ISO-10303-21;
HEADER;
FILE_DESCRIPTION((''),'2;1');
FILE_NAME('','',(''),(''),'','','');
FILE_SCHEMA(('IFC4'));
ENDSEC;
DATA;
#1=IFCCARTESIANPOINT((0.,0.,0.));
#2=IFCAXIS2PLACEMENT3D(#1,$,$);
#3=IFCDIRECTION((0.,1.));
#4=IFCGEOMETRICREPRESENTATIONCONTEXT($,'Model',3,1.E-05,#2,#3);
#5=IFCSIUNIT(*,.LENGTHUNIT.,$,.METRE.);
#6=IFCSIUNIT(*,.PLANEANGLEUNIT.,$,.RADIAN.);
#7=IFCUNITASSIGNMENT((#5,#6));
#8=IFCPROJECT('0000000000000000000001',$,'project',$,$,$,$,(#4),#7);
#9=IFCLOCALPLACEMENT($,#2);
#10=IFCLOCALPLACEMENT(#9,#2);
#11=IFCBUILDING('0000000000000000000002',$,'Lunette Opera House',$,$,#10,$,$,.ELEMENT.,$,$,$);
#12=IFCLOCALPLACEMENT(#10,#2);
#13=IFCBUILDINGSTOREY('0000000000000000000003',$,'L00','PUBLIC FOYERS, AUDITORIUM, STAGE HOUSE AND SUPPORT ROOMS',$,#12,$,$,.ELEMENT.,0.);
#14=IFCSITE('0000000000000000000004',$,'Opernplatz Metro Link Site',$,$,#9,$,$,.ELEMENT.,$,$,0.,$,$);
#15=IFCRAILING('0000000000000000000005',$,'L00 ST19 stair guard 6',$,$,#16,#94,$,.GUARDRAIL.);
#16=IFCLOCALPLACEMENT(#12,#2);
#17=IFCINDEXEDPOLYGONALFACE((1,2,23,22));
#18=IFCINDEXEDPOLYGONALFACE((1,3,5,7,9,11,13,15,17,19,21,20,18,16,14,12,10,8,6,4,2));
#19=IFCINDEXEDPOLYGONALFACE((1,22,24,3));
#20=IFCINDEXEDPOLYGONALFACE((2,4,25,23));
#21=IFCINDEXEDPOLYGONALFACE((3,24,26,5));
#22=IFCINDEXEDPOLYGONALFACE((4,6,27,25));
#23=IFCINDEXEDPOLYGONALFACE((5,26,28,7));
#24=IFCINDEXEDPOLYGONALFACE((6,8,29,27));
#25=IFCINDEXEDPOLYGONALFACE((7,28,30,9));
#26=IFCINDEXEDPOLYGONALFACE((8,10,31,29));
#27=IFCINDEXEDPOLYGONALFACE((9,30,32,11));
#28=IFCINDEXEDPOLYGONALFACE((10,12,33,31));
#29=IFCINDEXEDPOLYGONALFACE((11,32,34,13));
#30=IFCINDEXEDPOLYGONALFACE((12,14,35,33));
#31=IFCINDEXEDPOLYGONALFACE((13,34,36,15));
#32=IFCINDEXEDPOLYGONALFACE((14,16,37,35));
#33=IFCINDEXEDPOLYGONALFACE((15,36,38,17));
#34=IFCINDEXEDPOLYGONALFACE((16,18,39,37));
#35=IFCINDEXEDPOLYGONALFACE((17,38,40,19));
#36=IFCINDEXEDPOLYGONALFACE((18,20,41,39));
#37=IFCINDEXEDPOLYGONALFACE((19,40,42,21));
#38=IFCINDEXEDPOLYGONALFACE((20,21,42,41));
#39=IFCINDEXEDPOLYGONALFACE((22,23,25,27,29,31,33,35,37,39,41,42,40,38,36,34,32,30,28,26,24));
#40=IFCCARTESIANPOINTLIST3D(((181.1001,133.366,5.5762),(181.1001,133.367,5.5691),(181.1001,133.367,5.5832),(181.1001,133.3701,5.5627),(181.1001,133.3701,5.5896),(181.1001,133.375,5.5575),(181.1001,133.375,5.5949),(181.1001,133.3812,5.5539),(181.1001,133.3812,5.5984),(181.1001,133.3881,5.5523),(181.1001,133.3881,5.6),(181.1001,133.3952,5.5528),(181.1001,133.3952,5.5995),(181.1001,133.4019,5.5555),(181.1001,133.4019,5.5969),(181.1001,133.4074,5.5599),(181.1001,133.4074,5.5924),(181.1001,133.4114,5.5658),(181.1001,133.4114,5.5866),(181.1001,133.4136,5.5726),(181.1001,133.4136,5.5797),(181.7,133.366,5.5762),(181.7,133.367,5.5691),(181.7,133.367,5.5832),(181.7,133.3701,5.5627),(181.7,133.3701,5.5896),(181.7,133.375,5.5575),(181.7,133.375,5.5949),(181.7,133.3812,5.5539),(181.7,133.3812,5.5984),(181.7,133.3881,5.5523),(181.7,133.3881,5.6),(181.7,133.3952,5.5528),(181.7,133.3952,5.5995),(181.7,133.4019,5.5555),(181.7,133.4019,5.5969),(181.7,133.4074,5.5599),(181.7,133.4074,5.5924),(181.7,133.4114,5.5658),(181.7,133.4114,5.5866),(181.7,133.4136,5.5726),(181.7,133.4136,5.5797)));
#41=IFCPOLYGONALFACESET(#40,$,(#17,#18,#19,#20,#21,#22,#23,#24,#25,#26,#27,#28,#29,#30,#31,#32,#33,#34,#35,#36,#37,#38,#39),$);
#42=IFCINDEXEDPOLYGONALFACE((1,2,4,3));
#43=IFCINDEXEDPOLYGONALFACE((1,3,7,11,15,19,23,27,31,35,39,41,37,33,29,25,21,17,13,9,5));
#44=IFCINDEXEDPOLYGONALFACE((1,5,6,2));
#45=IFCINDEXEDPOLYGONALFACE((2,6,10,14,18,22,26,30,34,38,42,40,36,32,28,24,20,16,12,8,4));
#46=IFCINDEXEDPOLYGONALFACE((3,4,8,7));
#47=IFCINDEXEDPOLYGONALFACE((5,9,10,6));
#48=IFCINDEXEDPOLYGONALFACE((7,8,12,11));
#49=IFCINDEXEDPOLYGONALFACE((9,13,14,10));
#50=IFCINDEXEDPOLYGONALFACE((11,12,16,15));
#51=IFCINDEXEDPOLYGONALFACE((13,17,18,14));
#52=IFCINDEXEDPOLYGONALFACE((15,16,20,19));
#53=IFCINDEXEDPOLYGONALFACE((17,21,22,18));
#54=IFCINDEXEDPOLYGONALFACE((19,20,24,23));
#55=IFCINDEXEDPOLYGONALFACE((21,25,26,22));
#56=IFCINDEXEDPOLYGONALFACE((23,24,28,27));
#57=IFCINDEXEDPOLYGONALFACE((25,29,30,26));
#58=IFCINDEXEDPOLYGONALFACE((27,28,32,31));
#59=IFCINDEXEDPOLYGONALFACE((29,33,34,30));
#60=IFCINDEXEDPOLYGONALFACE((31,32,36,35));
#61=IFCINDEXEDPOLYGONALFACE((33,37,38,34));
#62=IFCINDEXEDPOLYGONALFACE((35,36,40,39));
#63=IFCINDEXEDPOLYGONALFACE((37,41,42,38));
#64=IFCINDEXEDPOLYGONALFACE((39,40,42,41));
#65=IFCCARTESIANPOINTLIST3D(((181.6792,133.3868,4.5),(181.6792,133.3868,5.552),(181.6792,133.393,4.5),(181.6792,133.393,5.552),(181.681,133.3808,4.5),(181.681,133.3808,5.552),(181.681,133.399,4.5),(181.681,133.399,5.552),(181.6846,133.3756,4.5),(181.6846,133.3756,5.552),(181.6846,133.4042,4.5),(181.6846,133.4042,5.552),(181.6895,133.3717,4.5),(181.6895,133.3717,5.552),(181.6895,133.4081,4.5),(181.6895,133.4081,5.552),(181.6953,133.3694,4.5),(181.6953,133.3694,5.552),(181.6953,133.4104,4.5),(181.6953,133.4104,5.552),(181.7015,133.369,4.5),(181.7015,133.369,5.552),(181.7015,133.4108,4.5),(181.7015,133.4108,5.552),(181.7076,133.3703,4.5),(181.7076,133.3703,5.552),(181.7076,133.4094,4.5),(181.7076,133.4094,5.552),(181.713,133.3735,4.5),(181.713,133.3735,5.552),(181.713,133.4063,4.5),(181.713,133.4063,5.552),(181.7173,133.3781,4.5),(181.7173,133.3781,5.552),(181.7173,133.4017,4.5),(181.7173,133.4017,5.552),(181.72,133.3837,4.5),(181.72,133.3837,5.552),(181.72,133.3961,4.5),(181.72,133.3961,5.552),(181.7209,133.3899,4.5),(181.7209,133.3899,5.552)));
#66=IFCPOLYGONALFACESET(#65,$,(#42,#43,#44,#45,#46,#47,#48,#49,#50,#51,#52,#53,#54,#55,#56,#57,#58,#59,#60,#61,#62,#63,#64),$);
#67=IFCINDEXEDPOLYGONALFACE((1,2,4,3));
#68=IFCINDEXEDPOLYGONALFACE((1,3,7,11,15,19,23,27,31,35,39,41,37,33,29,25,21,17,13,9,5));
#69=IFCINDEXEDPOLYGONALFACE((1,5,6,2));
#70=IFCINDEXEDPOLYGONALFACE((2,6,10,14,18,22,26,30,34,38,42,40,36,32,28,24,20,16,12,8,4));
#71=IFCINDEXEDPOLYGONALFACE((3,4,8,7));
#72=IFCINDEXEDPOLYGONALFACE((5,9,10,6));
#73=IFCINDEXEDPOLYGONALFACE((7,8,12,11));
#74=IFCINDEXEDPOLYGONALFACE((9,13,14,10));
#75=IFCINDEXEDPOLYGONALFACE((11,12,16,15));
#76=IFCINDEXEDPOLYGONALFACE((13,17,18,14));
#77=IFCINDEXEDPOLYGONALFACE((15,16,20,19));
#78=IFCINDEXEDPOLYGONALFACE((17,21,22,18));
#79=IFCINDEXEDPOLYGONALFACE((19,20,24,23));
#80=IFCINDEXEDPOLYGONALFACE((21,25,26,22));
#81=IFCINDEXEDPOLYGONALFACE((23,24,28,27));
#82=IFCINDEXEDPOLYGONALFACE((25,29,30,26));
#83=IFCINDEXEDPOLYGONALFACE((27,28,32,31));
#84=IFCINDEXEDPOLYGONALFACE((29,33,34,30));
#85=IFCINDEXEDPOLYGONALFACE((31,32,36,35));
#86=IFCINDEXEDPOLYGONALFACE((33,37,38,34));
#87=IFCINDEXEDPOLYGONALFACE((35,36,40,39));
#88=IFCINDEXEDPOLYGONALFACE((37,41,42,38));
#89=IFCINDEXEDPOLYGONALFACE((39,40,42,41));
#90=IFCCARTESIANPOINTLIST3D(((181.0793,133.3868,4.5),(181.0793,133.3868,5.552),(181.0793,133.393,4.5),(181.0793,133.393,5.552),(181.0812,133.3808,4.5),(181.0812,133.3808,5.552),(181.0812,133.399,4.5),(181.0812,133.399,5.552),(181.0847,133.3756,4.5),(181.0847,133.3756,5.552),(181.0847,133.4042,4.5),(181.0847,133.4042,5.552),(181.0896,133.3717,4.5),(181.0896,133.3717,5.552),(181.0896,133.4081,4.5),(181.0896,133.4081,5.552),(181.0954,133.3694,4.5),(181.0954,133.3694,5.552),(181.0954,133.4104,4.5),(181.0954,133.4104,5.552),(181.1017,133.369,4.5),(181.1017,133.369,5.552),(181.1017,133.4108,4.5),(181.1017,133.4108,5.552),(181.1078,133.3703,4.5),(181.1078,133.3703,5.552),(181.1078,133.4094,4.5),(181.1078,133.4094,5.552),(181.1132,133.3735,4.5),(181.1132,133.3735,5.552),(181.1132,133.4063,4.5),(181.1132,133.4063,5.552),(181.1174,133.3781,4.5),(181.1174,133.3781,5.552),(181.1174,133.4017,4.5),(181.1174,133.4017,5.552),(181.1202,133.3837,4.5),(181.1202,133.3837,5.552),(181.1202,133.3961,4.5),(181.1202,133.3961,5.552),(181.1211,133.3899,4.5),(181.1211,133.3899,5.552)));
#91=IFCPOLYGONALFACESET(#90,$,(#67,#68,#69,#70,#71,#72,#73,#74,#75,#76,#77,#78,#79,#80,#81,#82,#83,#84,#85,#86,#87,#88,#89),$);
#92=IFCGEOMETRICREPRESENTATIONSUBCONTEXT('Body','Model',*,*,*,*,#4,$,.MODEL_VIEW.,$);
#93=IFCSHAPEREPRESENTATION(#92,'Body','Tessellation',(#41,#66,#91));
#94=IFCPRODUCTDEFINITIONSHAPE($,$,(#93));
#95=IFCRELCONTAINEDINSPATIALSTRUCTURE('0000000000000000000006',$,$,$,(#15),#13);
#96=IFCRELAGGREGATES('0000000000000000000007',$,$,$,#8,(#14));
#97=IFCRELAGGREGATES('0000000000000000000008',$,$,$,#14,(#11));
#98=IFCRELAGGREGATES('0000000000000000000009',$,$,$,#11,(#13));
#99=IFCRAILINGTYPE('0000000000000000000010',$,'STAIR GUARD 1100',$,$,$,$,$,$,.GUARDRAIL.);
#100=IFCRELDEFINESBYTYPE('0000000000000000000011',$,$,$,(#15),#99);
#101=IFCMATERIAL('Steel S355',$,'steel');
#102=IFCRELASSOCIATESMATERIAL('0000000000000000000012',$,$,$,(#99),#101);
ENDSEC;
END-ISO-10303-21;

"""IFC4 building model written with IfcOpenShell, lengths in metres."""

from ifc_helpers import new_model, si_unit, direction, frame, origin, origin_2d, place, context, subcontext, project, spatial, circle, extrude, material, type_object, element, save


model = new_model("IFC4")

# Units and contexts
model_context = context("Model", 3, precision=1e-05, world=origin(), true_north=direction((0.0, 1.0)))
body_context = subcontext(model_context, "Body", "Model", "MODEL_VIEW")
ifc_project = project(units=[si_unit("LENGTHUNIT", "METRE"), si_unit("PLANEANGLEUNIT", "RADIAN")], contexts=[model_context])

# Site, building, storey
site_placement = place(None, origin())
site = spatial("IfcSite", under=ifc_project, at=site_placement, Name="Opernplatz Metro Link Site", CompositionType="ELEMENT", RefElevation=0.0)
building_placement = place(site_placement, origin())
building = spatial("IfcBuilding", under=site, at=building_placement, Name="Lunette Opera House", CompositionType="ELEMENT")
storey_placement = place(building_placement, origin())
storey = spatial("IfcBuildingStorey", under=building, at=storey_placement, Name="L00", Description="PUBLIC FOYERS, AUDITORIUM, STAGE HOUSE AND SUPPORT ROOMS", CompositionType="ELEMENT", Elevation=0.0)

# Railing
ifc_material_1 = material(Name="Steel S355", Category="steel")
railing_type_1 = type_object("IfcRailingType", Name="STAIR GUARD 1100", PredefinedType="GUARDRAIL", material=ifc_material_1)
railing_placement = place(storey_placement, frame((181.7, 133.3899, 4.5)))
element("IfcRailing", 1, at=railing_placement, inside=storey, type_object=railing_type_1, Name="L00 ST19 stair guard 6", PredefinedType="GUARDRAIL", context=body_context, shape_type="SweptSolid", body=[
    extrude(circle(Radius=0.0239, at=origin_2d()), frame((0.0, 0.0, 1.0762), z_axis=(-1.0, 0.0, 0.0), x_axis=(0.0, -1.0, 0.0)), (0.0, 0.0, 1.0), 0.5999),
    extrude(circle(Radius=0.021, at=origin_2d()), origin(), (0.0, 0.0, 1.0), 1.052),
    extrude(circle(Radius=0.021, at=origin_2d()), frame((-0.5999, 0.0, 0.0)), (0.0, 0.0, 1.0), 1.052),
])

save(model, "model.ifc")
